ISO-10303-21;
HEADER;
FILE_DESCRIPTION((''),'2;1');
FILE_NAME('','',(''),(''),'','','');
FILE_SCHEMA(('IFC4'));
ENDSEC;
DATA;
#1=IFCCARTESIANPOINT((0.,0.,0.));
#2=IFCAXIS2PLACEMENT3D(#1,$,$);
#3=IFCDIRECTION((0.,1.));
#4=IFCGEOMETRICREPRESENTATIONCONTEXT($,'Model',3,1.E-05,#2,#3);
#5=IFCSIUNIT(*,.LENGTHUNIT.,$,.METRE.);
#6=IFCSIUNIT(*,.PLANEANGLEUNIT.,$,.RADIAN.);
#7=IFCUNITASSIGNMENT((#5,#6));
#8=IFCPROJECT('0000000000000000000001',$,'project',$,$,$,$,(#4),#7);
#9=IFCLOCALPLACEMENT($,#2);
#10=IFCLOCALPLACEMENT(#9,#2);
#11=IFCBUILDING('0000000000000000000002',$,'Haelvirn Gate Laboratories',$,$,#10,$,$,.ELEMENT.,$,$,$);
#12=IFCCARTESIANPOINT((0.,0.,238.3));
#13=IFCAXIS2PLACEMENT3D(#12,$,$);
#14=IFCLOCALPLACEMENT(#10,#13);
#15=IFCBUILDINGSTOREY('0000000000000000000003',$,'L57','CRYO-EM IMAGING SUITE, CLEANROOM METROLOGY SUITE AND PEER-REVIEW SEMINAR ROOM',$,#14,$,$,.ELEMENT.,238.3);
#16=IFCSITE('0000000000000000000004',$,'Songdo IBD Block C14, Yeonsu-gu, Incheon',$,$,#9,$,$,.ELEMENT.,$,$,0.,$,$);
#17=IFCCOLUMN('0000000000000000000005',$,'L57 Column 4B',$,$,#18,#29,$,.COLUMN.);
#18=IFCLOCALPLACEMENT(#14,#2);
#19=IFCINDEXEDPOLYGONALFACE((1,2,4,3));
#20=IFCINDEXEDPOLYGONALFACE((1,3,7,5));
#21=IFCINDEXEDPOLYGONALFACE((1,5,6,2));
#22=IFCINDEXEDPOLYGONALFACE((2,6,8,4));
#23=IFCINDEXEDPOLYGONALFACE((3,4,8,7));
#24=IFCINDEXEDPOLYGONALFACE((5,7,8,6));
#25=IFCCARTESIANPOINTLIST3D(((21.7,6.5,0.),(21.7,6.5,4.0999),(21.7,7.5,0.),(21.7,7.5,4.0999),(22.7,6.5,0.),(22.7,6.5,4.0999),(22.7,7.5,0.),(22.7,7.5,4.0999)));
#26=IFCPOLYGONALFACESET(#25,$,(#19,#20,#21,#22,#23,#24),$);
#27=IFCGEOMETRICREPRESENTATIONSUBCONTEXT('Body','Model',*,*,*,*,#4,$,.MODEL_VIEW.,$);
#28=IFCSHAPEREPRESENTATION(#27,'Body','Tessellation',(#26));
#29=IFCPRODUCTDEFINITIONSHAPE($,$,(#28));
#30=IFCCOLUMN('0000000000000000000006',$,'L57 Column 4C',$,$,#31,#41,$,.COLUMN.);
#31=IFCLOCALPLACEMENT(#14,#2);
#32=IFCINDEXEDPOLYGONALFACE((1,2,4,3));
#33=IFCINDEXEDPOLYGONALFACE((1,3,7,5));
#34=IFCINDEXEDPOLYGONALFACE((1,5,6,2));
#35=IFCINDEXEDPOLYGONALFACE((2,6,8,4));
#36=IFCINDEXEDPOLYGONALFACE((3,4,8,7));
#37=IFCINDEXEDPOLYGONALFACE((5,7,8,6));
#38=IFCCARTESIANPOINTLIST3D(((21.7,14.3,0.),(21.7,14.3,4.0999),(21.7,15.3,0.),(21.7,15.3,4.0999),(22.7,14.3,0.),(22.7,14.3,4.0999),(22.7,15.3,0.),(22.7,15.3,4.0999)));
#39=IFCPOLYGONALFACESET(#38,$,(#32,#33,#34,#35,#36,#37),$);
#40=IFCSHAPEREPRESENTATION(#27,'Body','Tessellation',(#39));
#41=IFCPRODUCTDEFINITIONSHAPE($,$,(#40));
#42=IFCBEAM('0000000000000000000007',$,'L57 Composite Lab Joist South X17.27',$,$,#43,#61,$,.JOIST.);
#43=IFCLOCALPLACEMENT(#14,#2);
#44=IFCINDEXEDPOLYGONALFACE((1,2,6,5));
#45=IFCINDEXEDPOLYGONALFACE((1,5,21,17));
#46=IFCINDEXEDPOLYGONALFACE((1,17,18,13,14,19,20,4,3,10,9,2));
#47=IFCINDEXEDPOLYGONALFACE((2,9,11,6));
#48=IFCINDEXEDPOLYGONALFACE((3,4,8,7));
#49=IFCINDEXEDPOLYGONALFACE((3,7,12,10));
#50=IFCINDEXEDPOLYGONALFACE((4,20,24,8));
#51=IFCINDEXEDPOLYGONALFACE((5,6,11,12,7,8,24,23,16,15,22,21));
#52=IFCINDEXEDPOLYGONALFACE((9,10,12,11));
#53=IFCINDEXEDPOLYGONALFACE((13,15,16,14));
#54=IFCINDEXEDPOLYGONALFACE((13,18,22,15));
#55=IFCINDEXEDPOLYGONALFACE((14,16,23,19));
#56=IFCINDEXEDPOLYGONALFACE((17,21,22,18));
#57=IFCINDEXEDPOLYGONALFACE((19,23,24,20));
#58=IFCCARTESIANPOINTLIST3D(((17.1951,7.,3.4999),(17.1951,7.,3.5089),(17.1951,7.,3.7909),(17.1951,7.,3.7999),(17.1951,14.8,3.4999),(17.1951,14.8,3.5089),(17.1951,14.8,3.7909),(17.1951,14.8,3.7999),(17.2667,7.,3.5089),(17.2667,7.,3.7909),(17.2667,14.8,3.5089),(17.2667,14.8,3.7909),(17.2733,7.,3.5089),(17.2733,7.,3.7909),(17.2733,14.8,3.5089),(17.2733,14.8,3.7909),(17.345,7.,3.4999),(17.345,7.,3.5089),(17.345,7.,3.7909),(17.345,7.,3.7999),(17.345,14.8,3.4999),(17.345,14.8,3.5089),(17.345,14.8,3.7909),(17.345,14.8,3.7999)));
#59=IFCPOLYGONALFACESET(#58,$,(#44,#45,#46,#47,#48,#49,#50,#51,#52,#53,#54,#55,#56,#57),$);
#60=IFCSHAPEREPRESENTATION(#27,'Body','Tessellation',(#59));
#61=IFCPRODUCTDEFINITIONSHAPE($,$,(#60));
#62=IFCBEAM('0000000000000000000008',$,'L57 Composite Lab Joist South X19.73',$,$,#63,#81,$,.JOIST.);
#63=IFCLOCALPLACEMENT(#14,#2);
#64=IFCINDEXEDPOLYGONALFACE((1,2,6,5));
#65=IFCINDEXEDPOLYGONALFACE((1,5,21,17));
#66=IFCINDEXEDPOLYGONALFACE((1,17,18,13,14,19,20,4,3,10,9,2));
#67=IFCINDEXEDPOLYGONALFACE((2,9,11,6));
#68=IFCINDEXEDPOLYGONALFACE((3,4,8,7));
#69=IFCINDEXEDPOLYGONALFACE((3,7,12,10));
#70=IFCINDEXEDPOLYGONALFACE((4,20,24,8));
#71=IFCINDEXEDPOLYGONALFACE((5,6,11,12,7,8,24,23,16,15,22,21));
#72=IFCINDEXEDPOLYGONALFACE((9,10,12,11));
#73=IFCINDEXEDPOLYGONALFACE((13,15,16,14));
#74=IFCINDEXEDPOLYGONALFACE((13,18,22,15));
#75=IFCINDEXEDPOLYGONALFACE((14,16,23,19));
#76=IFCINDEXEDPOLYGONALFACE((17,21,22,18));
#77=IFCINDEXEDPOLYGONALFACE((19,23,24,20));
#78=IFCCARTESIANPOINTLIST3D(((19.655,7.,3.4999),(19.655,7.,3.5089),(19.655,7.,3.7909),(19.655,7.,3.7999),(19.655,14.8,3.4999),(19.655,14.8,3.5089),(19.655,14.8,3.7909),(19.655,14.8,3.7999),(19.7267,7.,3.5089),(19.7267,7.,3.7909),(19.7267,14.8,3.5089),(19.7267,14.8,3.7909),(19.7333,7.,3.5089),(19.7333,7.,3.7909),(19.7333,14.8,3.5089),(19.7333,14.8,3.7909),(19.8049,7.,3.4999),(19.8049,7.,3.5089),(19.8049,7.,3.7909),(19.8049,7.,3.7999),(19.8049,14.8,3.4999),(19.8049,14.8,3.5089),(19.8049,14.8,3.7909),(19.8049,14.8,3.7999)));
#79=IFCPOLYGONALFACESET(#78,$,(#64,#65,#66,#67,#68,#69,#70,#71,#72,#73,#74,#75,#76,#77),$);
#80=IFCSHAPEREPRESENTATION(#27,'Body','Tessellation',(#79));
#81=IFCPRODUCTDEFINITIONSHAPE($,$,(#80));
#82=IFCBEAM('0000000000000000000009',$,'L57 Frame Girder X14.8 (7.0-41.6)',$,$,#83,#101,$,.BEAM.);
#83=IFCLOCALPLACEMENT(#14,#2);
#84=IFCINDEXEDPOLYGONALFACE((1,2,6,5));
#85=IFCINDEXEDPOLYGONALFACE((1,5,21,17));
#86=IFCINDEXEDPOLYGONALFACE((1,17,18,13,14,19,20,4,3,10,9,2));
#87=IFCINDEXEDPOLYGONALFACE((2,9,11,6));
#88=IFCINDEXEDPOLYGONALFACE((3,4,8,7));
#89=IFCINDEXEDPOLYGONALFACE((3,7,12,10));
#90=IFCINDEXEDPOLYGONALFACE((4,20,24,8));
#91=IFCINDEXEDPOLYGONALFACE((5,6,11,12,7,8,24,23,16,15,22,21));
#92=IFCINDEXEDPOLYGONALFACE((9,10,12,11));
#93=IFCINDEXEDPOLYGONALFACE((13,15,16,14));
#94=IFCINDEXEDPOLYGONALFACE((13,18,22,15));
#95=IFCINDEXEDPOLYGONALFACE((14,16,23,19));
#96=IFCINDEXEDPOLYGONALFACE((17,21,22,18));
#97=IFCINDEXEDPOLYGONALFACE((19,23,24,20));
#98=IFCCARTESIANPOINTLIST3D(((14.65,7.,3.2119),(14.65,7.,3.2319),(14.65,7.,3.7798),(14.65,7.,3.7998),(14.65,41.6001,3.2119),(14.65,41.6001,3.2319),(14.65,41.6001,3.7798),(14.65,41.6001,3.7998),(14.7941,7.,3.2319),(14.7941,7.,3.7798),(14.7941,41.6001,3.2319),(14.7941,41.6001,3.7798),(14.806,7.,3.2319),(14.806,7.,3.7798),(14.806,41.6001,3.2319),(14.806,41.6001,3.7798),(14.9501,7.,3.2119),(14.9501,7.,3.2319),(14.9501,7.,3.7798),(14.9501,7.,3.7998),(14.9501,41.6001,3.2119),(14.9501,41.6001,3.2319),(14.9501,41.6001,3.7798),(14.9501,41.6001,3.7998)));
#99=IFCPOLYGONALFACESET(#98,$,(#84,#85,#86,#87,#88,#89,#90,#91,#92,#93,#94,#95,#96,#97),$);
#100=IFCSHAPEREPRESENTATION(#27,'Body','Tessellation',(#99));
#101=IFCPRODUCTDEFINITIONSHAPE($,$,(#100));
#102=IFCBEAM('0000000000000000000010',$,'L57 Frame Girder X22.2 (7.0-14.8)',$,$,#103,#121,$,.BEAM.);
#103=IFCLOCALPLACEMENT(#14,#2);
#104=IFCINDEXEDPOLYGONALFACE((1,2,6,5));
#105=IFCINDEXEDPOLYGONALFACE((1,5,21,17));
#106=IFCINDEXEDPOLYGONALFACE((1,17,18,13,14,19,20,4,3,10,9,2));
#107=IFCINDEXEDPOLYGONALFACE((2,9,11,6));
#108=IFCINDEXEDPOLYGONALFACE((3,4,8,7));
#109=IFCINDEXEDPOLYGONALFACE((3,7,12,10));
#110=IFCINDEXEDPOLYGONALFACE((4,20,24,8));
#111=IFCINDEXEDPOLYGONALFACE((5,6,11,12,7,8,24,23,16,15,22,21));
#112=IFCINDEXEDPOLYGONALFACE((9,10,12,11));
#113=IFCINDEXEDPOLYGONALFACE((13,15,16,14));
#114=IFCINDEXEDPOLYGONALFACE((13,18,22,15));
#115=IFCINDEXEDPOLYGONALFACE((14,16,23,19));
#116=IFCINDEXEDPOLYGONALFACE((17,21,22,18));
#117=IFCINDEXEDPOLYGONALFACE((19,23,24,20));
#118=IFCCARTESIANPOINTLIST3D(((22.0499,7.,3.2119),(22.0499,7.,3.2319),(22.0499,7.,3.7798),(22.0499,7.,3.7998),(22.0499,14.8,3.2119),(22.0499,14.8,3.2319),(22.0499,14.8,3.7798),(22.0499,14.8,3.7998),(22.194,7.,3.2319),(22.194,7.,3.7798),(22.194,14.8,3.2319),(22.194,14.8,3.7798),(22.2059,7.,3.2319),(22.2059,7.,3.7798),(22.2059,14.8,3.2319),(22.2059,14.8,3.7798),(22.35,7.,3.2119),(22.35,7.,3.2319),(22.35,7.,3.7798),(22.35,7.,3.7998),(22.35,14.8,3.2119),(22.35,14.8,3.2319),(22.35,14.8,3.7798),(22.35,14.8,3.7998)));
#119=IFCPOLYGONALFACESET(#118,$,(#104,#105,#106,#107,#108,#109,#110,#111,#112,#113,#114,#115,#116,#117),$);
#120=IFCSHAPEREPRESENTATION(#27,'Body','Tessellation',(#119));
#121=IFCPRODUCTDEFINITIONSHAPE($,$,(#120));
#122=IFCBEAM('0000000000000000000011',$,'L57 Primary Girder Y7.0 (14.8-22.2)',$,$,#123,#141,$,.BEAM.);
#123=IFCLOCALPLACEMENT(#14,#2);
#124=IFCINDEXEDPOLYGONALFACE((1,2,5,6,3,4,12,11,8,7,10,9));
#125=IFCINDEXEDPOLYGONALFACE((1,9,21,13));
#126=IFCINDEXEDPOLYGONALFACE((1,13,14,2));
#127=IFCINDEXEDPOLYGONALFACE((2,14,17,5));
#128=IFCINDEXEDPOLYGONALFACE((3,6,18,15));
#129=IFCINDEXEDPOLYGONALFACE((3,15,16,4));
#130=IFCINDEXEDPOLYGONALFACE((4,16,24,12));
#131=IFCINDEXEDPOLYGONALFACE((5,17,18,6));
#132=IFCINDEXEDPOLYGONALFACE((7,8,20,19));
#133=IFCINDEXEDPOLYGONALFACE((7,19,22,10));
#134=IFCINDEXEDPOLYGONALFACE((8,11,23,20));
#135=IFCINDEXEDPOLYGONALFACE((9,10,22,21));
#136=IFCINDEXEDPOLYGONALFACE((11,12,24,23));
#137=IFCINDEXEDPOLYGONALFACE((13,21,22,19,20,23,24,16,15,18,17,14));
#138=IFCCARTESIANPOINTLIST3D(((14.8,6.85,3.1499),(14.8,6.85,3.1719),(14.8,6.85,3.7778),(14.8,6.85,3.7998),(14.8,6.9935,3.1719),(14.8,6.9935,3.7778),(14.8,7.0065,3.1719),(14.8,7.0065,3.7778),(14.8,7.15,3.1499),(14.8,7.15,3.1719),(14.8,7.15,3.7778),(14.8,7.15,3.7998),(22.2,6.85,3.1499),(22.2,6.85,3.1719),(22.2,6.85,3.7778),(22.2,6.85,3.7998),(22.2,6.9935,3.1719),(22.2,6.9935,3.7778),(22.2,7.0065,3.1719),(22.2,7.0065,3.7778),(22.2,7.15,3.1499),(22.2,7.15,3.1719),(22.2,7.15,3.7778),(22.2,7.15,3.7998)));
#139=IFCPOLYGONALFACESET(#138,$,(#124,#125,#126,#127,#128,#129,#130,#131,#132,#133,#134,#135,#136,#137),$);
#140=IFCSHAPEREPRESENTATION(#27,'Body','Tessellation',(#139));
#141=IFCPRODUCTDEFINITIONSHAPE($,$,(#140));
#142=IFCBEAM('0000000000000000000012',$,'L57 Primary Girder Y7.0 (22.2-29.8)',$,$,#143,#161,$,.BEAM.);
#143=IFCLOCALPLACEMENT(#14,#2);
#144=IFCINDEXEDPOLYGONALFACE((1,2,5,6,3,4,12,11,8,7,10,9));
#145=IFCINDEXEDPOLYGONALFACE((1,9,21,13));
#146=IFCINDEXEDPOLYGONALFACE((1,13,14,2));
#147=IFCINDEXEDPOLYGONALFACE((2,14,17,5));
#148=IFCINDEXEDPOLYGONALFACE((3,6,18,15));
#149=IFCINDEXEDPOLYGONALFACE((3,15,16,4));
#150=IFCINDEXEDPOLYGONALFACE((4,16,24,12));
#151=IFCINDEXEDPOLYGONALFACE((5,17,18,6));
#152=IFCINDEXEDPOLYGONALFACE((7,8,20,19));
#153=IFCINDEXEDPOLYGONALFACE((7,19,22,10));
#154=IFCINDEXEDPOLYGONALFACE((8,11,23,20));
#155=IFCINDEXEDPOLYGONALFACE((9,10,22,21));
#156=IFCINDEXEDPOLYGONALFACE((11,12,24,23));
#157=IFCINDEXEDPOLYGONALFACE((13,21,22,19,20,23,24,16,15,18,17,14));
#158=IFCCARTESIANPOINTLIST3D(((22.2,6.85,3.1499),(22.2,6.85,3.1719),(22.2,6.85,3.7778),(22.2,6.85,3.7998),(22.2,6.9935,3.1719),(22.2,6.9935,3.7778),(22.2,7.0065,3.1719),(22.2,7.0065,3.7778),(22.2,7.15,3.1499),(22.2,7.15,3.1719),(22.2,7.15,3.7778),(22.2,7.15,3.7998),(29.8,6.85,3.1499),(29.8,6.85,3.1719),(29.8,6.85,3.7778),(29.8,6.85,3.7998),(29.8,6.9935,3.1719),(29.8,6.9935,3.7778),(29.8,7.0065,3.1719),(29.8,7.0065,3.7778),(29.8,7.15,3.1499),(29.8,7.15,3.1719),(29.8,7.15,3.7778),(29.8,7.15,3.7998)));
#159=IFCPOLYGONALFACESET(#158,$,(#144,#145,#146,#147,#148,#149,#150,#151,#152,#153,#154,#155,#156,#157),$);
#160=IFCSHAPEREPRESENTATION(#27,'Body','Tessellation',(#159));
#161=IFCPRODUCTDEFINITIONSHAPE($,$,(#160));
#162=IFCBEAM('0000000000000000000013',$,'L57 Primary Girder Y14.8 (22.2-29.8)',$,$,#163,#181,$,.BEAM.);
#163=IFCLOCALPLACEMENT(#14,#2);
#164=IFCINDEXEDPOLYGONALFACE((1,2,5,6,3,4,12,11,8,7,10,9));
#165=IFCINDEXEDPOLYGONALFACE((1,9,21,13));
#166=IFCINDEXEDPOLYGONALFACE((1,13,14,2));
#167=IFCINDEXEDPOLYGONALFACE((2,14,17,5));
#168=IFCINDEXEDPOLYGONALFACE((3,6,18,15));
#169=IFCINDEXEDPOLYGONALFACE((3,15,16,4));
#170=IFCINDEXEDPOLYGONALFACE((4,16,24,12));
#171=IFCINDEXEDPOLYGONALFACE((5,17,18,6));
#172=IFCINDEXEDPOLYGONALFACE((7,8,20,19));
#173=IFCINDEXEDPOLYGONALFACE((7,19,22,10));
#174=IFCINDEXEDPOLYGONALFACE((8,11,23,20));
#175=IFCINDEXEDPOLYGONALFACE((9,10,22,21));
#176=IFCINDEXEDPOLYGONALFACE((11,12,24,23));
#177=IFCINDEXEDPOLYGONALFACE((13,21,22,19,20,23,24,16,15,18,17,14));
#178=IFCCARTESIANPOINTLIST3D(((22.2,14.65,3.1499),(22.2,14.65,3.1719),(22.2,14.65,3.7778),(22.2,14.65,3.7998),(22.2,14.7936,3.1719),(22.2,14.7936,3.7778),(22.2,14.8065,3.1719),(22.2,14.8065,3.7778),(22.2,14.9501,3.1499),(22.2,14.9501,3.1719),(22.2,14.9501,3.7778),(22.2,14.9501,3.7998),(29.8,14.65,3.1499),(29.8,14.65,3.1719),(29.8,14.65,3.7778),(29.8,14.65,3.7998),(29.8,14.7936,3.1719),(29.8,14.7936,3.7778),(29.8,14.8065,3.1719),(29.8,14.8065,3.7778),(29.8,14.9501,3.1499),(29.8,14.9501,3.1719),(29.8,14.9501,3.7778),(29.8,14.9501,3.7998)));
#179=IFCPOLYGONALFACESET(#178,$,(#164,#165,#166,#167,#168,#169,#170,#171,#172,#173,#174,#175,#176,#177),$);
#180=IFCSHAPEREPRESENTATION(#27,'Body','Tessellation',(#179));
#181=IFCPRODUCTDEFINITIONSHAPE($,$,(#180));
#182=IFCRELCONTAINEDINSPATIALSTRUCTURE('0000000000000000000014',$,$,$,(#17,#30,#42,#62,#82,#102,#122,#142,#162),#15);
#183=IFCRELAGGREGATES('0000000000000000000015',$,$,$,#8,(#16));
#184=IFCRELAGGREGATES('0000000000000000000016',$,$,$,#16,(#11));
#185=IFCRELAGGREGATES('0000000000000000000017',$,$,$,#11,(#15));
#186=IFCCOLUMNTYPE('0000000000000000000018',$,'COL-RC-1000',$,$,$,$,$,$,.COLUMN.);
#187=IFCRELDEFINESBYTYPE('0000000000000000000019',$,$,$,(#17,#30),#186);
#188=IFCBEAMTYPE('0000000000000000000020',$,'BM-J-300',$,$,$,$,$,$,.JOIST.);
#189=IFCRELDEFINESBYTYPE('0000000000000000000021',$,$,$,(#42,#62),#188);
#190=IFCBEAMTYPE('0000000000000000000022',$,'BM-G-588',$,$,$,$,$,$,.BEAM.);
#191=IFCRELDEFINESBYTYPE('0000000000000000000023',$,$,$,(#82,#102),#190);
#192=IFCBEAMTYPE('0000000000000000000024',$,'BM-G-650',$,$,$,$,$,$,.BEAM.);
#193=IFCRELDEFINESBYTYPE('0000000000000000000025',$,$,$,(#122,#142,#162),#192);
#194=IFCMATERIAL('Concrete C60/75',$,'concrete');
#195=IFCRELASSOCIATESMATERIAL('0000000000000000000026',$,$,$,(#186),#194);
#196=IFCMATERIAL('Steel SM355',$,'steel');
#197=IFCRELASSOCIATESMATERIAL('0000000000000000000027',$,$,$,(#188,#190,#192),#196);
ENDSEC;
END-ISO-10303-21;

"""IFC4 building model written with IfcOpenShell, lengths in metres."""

from ifc_helpers import new_model, si_unit, direction, frame, origin, origin_2d, place, context, subcontext, project, spatial, rectangle, i_section, extrude, source, transform, mapped, material, material_profile, profile_set, type_object, type_shapes, element, save


model = new_model("IFC4")

# Units and contexts
model_context = context("Model", 3, precision=1e-05, world=origin(), true_north=direction((0.0, 1.0)))
body_context = subcontext(model_context, "Body", "Model", "MODEL_VIEW")
ifc_project = project(units=[si_unit("LENGTHUNIT", "METRE"), si_unit("PLANEANGLEUNIT", "RADIAN")], contexts=[model_context])

# Site, building, storey
site_placement = place(None, origin())
site = spatial("IfcSite", under=ifc_project, at=site_placement, Name="Songdo IBD Block C14, Yeonsu-gu, Incheon", CompositionType="ELEMENT", RefElevation=0.0)
building_placement = place(site_placement, origin())
building = spatial("IfcBuilding", under=site, at=building_placement, Name="Haelvirn Gate Laboratories", CompositionType="ELEMENT")
storey_placement = place(building_placement, frame((0.0, 0.0, 238.3)))
storey = spatial("IfcBuildingStorey", under=building, at=storey_placement, Name="L57", Description="CRYO-EM IMAGING SUITE, CLEANROOM METROLOGY SUITE AND PEER-REVIEW SEMINAR ROOM", CompositionType="ELEMENT", Elevation=238.3)

# Columns
ifc_material_1 = material(Name="Concrete C60/75", Category="concrete")
ifc_material_profile_1 = material_profile(ifc_material_1, rectangle(XDim=1.0, YDim=1.0, at=origin_2d()), Name="RC-1000x1000")
ifc_profile_set_1 = profile_set([ifc_material_profile_1], Name="Concrete C60/75")
column_type = type_object("IfcColumnType", Name="COL-RC-1000", PredefinedType="COLUMN", material=ifc_profile_set_1)
shared_shape_1 = source(origin(), body_context, "Body", "SweptSolid", [
    extrude(rectangle(XDim=1.0, YDim=1.0, at=origin_2d()), origin(), (0.0, 0.0, 1.0), 4.0999),
])
type_shapes(column_type, [shared_shape_1])
for number, where, z_axis, x_axis, name in (
    (1, (22.2, 7.0, 0.0), (0.0, 0.0, 1.0), (1.0, 0.0, 0.0), "L57 Column 4B"),
    (2, (22.2, 14.8, 0.0), (0.0, 0.0, 1.0), (1.0, 0.0, 0.0), "L57 Column 4C"),
):
    element("IfcColumn", number, at=place(storey_placement, frame(where, z_axis=z_axis, x_axis=x_axis)), inside=storey, type_object=column_type, Name=name, PredefinedType="COLUMN", context=body_context, shape_type="MappedRepresentation", body=[
        mapped(shared_shape_1, transform((0.0, 0.0, 0.0), scale=1.0)),
    ])

# Beams
ifc_material_2 = material(Name="Steel SM355", Category="steel")
ifc_material_profile_2 = material_profile(ifc_material_2, i_section(OverallWidth=0.1499, OverallDepth=0.3, WebThickness=0.0066, FlangeThickness=0.009, at=origin_2d()), Name="H-300x150x6.5x9")
ifc_profile_set_2 = profile_set([ifc_material_profile_2], Name="Steel SM355")
beam_type_1 = type_object("IfcBeamType", Name="BM-J-300", PredefinedType="JOIST", material=ifc_profile_set_2)
shared_shape_2 = source(origin(), body_context, "Body", "SweptSolid", [
    extrude(i_section(OverallWidth=0.1499, OverallDepth=0.3, WebThickness=0.0066, FlangeThickness=0.009, at=origin_2d()), origin(), (0.0, 0.0, 1.0), 7.8),
])
type_shapes(beam_type_1, [shared_shape_2])
for number, where, z_axis, x_axis, name in (
    (3, (17.27, 7.0, 3.6499), (0.0, 1.0, 0.0), (-1.0, 0.0, 0.0), "L57 Composite Lab Joist South X17.27"),
    (4, (19.73, 7.0, 3.6499), (0.0, 1.0, 0.0), (-1.0, 0.0, 0.0), "L57 Composite Lab Joist South X19.73"),
):
    element("IfcBeam", number, at=place(storey_placement, frame(where, z_axis=z_axis, x_axis=x_axis)), inside=storey, type_object=beam_type_1, Name=name, PredefinedType="JOIST", context=body_context, shape_type="MappedRepresentation", body=[
        mapped(shared_shape_2, transform((0.0, 0.0, 0.0), scale=1.0)),
    ])
ifc_material_profile_3 = material_profile(ifc_material_2, i_section(OverallWidth=0.3, OverallDepth=0.5879, WebThickness=0.012, FlangeThickness=0.02, at=origin_2d()), Name="H-588x300x12x20")
ifc_profile_set_3 = profile_set([ifc_material_profile_3], Name="Steel SM355")
beam_type_2 = type_object("IfcBeamType", Name="BM-G-588", PredefinedType="BEAM", material=ifc_profile_set_3)
shared_shape_3 = source(origin(), body_context, "Body", "SweptSolid", [
    extrude(i_section(OverallWidth=0.3, OverallDepth=0.5879, WebThickness=0.012, FlangeThickness=0.02, at=origin_2d()), origin(), (0.0, 0.0, 1.0), 34.6001),
])
beam_1_placement = place(storey_placement, frame((14.8, 7.0, 3.5059), z_axis=(0.0, 1.0, 0.0), x_axis=(-1.0, 0.0, 0.0)))
element("IfcBeam", 5, at=beam_1_placement, inside=storey, type_object=beam_type_2, Name="L57 Frame Girder X14.8 (7.0-41.6)", PredefinedType="BEAM", context=body_context, shape_type="MappedRepresentation", body=[
    mapped(shared_shape_3, transform((0.0, 0.0, 0.0), scale=1.0)),
])
shared_shape_4 = source(origin(), body_context, "Body", "SweptSolid", [
    extrude(i_section(OverallWidth=0.3, OverallDepth=0.5879, WebThickness=0.012, FlangeThickness=0.02, at=origin_2d()), origin(), (0.0, 0.0, 1.0), 7.8),
])
type_shapes(beam_type_2, [shared_shape_3, shared_shape_4])
beam_2_placement = place(storey_placement, frame((22.2, 7.0, 3.5059), z_axis=(0.0, 1.0, 0.0), x_axis=(-1.0, 0.0, 0.0)))
element("IfcBeam", 6, at=beam_2_placement, inside=storey, type_object=beam_type_2, Name="L57 Frame Girder X22.2 (7.0-14.8)", PredefinedType="BEAM", context=body_context, shape_type="MappedRepresentation", body=[
    mapped(shared_shape_4, transform((0.0, 0.0, 0.0), scale=1.0)),
])
ifc_material_profile_4 = material_profile(ifc_material_2, i_section(OverallWidth=0.3, OverallDepth=0.6499, WebThickness=0.0129, FlangeThickness=0.022, at=origin_2d()), Name="H-650x300x13x22")
ifc_profile_set_4 = profile_set([ifc_material_profile_4], Name="Steel SM355")
beam_type_3 = type_object("IfcBeamType", Name="BM-G-650", PredefinedType="BEAM", material=ifc_profile_set_4)
shared_shape_5 = source(origin(), body_context, "Body", "SweptSolid", [
    extrude(i_section(OverallWidth=0.3, OverallDepth=0.6499, WebThickness=0.0129, FlangeThickness=0.022, at=origin_2d()), origin(), (0.0, 0.0, 1.0), 7.3999),
])
beam_3_placement = place(storey_placement, frame((14.8, 7.0, 3.4749), z_axis=(1.0, 0.0, 0.0), x_axis=(0.0, 1.0, 0.0)))
element("IfcBeam", 7, at=beam_3_placement, inside=storey, type_object=beam_type_3, Name="L57 Primary Girder Y7.0 (14.8-22.2)", PredefinedType="BEAM", context=body_context, shape_type="MappedRepresentation", body=[
    mapped(shared_shape_5, transform((0.0, 0.0, 0.0), scale=1.0)),
])
shared_shape_6 = source(origin(), body_context, "Body", "SweptSolid", [
    extrude(i_section(OverallWidth=0.3, OverallDepth=0.6499, WebThickness=0.0129, FlangeThickness=0.022, at=origin_2d()), origin(), (0.0, 0.0, 1.0), 7.6001),
])
type_shapes(beam_type_3, [shared_shape_5, shared_shape_6])
for number, where, z_axis, x_axis, name in (
    (8, (22.2, 7.0, 3.4749), (1.0, 0.0, 0.0), (0.0, 1.0, 0.0), "L57 Primary Girder Y7.0 (22.2-29.8)"),
    (9, (22.2, 14.8, 3.4749), (1.0, 0.0, 0.0), (0.0, 1.0, 0.0), "L57 Primary Girder Y14.8 (22.2-29.8)"),
):
    element("IfcBeam", number, at=place(storey_placement, frame(where, z_axis=z_axis, x_axis=x_axis)), inside=storey, type_object=beam_type_3, Name=name, PredefinedType="BEAM", context=body_context, shape_type="MappedRepresentation", body=[
        mapped(shared_shape_6, transform((0.0, 0.0, 0.0), scale=1.0)),
    ])

save(model, "model.ifc")
